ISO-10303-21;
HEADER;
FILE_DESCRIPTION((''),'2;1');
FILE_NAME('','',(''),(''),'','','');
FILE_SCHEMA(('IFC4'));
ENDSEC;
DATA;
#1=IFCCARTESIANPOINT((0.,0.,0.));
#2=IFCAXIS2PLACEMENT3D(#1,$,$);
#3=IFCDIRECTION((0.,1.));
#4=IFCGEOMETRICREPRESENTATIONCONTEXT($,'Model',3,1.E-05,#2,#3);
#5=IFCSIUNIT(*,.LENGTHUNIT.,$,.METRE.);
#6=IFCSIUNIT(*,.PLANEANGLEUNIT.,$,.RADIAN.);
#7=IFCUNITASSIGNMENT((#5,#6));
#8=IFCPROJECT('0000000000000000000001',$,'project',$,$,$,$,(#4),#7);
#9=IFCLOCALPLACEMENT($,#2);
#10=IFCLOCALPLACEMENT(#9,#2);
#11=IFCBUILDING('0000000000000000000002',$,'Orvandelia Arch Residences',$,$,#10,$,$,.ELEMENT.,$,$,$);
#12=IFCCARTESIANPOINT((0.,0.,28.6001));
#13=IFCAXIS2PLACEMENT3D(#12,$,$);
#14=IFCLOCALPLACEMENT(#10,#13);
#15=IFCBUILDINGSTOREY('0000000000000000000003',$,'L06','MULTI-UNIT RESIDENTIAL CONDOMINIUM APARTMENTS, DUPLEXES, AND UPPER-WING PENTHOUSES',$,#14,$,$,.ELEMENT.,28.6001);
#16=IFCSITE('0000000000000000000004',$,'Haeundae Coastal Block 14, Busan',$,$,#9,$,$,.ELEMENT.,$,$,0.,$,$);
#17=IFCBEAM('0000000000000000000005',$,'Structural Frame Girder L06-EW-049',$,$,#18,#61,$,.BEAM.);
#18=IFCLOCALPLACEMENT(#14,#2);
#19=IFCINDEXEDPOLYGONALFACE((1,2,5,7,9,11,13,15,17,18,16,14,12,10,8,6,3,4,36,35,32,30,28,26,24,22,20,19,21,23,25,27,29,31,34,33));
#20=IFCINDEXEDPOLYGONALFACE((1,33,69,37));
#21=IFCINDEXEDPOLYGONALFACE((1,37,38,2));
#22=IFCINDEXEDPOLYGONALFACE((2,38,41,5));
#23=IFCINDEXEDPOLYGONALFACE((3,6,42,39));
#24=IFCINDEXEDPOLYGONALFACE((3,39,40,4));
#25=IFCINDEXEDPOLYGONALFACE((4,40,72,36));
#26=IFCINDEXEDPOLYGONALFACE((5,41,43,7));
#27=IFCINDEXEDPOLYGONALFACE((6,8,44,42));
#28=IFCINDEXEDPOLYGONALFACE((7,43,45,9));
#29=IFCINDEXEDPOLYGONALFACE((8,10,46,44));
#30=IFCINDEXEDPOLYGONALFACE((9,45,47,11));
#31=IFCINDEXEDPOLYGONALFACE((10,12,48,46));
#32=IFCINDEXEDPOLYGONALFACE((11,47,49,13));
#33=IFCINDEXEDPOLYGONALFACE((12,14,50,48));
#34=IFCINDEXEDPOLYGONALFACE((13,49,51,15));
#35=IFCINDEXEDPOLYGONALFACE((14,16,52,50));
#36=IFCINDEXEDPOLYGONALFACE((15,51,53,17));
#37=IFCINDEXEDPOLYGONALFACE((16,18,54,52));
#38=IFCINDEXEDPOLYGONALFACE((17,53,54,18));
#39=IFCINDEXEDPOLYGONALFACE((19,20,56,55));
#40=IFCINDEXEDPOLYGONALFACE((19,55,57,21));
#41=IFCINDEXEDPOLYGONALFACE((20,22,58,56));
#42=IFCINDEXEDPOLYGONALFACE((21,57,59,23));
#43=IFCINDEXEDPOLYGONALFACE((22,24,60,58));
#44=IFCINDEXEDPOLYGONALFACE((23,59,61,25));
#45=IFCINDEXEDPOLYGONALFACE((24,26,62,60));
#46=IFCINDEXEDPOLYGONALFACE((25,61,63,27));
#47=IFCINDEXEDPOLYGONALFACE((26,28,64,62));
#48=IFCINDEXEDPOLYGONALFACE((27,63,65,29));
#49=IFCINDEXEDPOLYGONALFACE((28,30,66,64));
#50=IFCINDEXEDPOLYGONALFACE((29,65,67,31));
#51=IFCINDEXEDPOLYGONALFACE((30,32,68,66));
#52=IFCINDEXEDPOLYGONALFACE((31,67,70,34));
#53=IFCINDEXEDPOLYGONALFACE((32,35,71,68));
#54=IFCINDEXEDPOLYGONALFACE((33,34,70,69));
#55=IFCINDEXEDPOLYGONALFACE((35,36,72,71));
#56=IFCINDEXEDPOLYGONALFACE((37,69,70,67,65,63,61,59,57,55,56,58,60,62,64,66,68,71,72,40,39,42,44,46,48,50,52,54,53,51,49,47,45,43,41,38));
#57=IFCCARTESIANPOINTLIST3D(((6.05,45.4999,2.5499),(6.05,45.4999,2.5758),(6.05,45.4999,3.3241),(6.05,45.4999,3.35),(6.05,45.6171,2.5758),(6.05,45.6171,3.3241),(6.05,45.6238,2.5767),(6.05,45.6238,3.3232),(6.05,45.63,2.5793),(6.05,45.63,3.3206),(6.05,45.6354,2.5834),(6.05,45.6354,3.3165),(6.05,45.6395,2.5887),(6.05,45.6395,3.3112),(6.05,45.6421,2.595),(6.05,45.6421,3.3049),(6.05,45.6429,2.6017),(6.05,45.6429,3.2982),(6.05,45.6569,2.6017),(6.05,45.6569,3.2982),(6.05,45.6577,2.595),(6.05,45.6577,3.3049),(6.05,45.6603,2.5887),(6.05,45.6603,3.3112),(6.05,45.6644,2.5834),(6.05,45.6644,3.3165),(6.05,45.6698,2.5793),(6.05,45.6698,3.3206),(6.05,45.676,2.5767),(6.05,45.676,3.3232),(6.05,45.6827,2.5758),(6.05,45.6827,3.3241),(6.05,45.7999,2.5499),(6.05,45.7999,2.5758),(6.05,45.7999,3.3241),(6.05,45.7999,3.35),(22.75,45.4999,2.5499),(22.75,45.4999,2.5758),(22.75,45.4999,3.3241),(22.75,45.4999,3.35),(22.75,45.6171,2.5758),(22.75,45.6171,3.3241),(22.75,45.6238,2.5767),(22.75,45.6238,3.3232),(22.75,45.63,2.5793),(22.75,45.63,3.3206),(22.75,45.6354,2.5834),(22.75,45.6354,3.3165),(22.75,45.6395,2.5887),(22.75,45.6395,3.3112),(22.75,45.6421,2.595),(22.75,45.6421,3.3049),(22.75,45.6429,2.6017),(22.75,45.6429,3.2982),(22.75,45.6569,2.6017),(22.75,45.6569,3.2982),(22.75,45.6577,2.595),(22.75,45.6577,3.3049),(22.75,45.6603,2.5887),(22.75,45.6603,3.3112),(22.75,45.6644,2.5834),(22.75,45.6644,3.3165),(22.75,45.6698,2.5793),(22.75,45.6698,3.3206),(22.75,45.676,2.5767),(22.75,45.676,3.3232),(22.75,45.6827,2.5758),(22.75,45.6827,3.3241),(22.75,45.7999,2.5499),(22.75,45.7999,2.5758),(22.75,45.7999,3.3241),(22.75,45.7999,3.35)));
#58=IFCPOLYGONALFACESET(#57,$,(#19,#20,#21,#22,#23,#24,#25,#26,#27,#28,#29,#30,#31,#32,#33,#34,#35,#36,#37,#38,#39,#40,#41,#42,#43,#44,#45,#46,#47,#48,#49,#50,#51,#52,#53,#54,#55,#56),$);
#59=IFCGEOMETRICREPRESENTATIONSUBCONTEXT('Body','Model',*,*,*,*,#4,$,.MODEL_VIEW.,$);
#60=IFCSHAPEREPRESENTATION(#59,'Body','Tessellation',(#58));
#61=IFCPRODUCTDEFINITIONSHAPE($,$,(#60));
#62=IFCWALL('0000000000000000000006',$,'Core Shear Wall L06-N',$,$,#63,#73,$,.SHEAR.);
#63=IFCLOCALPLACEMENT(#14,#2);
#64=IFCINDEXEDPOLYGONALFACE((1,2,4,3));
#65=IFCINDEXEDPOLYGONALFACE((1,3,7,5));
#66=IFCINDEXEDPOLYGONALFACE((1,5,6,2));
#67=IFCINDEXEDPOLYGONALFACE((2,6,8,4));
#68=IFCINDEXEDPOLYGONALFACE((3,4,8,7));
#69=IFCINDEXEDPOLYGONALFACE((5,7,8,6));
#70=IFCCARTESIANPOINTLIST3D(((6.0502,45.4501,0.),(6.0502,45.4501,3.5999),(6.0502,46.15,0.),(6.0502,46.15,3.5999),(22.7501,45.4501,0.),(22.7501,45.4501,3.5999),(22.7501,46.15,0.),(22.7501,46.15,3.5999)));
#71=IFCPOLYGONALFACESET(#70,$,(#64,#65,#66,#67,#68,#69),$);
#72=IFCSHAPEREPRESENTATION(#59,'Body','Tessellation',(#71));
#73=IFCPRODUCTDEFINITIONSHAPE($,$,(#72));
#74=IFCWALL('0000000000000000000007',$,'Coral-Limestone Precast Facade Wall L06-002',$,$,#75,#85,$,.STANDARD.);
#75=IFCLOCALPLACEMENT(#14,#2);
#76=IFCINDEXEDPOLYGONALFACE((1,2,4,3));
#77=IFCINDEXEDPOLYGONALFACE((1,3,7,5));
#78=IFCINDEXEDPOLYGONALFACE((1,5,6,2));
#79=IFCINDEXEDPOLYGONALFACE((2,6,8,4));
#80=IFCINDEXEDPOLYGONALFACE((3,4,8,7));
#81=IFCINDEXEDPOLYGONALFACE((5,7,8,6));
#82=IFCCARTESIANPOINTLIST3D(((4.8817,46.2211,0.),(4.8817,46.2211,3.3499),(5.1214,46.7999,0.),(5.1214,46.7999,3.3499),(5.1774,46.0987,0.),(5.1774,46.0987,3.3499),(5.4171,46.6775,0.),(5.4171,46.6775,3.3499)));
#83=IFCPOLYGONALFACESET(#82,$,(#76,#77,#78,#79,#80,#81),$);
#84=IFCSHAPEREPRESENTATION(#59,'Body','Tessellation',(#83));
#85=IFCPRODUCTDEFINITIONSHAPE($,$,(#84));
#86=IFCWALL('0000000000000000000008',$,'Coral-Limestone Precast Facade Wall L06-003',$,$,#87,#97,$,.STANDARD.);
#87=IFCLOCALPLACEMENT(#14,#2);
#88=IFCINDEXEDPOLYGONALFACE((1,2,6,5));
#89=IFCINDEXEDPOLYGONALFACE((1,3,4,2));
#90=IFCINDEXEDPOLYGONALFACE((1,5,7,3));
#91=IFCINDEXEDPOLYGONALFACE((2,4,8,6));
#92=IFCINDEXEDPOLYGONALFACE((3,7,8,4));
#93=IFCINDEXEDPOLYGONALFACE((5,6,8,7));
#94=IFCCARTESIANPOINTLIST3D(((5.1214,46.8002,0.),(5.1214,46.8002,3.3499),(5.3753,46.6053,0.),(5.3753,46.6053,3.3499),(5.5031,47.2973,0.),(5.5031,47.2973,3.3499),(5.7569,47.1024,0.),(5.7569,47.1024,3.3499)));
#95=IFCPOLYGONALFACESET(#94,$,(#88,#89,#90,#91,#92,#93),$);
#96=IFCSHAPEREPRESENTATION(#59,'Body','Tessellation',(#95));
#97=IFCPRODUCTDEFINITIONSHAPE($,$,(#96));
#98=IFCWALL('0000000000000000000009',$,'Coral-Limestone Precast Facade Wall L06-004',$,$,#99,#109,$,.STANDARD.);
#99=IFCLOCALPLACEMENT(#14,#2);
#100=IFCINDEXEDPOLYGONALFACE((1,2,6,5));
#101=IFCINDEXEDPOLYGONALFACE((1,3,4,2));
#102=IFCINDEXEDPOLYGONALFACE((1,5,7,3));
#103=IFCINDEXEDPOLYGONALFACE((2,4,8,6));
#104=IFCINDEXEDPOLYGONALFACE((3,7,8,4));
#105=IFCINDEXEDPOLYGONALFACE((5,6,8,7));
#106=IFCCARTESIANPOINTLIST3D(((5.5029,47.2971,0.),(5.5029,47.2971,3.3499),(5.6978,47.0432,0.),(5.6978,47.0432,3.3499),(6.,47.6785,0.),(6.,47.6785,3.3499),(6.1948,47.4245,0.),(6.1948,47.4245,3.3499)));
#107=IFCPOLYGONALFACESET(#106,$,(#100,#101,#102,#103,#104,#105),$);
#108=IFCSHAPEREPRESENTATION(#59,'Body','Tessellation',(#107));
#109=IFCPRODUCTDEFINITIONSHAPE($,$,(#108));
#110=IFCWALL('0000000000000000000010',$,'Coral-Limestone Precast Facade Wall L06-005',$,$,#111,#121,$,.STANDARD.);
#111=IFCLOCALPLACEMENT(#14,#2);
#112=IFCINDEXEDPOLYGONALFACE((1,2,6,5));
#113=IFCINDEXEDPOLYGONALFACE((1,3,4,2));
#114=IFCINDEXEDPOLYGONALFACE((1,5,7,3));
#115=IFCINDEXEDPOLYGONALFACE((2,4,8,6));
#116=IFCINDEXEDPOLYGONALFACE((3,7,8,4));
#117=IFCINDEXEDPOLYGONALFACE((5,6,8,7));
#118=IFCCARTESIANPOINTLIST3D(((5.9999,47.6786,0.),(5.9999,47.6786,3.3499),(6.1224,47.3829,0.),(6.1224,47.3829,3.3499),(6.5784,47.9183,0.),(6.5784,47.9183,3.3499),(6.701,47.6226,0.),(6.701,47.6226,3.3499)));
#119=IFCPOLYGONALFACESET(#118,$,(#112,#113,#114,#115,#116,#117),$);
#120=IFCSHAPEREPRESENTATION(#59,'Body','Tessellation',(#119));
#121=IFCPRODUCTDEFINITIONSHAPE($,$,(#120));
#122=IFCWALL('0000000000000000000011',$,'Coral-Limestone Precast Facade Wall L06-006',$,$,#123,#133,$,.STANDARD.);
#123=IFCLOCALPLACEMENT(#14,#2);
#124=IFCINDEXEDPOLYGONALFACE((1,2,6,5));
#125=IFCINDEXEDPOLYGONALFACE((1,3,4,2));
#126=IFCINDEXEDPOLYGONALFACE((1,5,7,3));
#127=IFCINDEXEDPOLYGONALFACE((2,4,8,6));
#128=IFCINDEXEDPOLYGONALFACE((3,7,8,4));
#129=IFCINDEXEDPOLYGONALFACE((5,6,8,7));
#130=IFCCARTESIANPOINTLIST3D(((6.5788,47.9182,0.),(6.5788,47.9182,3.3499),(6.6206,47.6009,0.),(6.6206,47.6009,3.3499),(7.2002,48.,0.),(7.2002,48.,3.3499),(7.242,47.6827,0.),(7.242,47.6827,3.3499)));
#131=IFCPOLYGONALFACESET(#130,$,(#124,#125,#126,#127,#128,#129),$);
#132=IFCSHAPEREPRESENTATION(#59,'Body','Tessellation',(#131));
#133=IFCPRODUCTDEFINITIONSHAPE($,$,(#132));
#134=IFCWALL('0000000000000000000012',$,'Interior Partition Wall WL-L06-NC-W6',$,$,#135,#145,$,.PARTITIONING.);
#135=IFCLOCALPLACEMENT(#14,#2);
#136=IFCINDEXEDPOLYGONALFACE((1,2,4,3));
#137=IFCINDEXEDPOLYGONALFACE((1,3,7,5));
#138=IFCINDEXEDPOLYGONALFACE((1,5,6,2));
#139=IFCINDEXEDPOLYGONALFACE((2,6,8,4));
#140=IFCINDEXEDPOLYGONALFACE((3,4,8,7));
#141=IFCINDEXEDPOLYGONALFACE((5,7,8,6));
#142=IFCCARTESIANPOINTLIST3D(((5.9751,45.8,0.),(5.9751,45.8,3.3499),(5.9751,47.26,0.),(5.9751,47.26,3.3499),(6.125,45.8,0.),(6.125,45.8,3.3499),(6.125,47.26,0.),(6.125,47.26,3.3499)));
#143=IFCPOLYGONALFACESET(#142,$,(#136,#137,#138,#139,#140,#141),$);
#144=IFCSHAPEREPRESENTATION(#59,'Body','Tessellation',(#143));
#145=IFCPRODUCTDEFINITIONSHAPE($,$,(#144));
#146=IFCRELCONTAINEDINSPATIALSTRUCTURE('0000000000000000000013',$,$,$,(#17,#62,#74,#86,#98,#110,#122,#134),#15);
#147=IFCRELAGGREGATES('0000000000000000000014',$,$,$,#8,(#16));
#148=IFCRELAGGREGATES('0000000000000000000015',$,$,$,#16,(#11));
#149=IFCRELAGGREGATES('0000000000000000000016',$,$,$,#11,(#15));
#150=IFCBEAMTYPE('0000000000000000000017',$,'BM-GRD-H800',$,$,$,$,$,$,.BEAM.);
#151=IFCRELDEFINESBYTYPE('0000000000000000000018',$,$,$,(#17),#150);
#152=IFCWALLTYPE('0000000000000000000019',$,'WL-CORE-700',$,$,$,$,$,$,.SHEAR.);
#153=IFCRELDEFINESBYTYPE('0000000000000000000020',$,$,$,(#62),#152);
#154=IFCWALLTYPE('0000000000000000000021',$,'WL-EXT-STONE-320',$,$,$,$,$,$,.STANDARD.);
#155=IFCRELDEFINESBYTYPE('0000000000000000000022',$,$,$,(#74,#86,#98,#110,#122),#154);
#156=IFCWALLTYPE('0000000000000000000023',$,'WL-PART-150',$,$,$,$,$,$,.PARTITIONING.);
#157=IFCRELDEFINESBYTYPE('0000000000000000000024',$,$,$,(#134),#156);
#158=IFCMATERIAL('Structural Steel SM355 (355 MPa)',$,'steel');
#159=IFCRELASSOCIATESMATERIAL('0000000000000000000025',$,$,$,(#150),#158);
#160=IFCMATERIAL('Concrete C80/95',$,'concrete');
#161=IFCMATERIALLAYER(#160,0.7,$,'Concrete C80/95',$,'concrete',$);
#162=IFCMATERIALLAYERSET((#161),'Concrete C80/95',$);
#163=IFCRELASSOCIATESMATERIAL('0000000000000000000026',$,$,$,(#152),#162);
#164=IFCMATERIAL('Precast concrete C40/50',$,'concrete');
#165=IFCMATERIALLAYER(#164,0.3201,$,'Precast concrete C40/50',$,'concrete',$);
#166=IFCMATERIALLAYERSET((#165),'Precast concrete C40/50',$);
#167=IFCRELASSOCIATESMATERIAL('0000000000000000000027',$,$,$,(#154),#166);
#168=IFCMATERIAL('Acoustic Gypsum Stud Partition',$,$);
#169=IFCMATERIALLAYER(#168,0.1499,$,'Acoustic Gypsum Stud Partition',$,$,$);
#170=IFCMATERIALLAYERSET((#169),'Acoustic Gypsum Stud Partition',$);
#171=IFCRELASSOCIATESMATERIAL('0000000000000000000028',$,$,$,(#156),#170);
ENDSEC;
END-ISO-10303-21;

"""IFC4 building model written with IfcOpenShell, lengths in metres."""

from ifc_helpers import new_model, si_unit, direction, frame, frame_2d, origin, origin_2d, place, context, subcontext, project, spatial, rectangle, i_section, extrude, material, layer, layer_set, material_profile, profile_set, type_object, element, save


model = new_model("IFC4")

# Units and contexts
model_context = context("Model", 3, precision=1e-05, world=origin(), true_north=direction((0.0, 1.0)))
body_context = subcontext(model_context, "Body", "Model", "MODEL_VIEW")
ifc_project = project(units=[si_unit("LENGTHUNIT", "METRE"), si_unit("PLANEANGLEUNIT", "RADIAN")], contexts=[model_context])

# Site, building, storey
site_placement = place(None, origin())
site = spatial("IfcSite", under=ifc_project, at=site_placement, Name="Haeundae Coastal Block 14, Busan", CompositionType="ELEMENT", RefElevation=0.0)
building_placement = place(site_placement, origin())
building = spatial("IfcBuilding", under=site, at=building_placement, Name="Orvandelia Arch Residences", CompositionType="ELEMENT")
storey_placement = place(building_placement, frame((0.0, 0.0, 28.6001)))
storey = spatial("IfcBuildingStorey", under=building, at=storey_placement, Name="L06", Description="MULTI-UNIT RESIDENTIAL CONDOMINIUM APARTMENTS, DUPLEXES, AND UPPER-WING PENTHOUSES", CompositionType="ELEMENT", Elevation=28.6001)

# Beam
ifc_material_1 = material(Name="Structural Steel SM355 (355 MPa)", Category="steel")
ifc_material_profile = material_profile(ifc_material_1, i_section(OverallWidth=0.3, OverallDepth=0.8, WebThickness=0.0139, FlangeThickness=0.0259, FilletRadius=0.0259, at=origin_2d()), Name="Structural Steel SM355 (355 MPa)", Category="steel")
ifc_profile_set = profile_set([ifc_material_profile], Name="Structural Steel SM355 (355 MPa)")
beam_type = type_object("IfcBeamType", Name="BM-GRD-H800", PredefinedType="BEAM", material=ifc_profile_set)
beam_placement = place(storey_placement, frame((6.05, 45.6499, 2.95), z_axis=(1.0, 0.0, 0.0), x_axis=(0.0, 1.0, 0.0)))
element("IfcBeam", 1, at=beam_placement, inside=storey, type_object=beam_type, Name="Structural Frame Girder L06-EW-049", PredefinedType="BEAM", context=body_context, shape_type="SweptSolid", body=[
    extrude(i_section(OverallWidth=0.3, OverallDepth=0.8, WebThickness=0.0139, FlangeThickness=0.0259, FilletRadius=0.0259, at=origin_2d()), origin(), (0.0, 0.0, 1.0), 16.7),
])

# Walls
ifc_material_2 = material(Name="Concrete C80/95", Category="concrete")
ifc_layer_1 = layer(ifc_material_2, 0.7, Name="Concrete C80/95", Category="concrete")
ifc_layer_set_1 = layer_set([ifc_layer_1], Name="Concrete C80/95")
wall_type_1 = type_object("IfcWallType", Name="WL-CORE-700", PredefinedType="SHEAR", material=ifc_layer_set_1)
wall_1_placement = place(storey_placement, frame((6.05, 45.8, 0.0), z_axis=(0.0, 0.0, 1.0), x_axis=(1.0, 0.0, 0.0)))
element("IfcWall", 2, at=wall_1_placement, inside=storey, type_object=wall_type_1, Name="Core Shear Wall L06-N", PredefinedType="SHEAR", context=body_context, shape_type="SweptSolid", body=[
    extrude(rectangle(XDim=16.7, YDim=0.7, at=frame_2d((8.3501, 0.0))), origin(), (0.0, 0.0, 1.0), 3.5999),
])
ifc_material_3 = material(Name="Precast concrete C40/50", Category="concrete")
ifc_layer_2 = layer(ifc_material_3, 0.3201, Name="Precast concrete C40/50", Category="concrete")
ifc_layer_set_2 = layer_set([ifc_layer_2], Name="Precast concrete C40/50")
wall_type_2 = type_object("IfcWallType", Name="WL-EXT-STONE-320", PredefinedType="STANDARD", material=ifc_layer_set_2)
wall_2_placement = place(storey_placement, frame((5.0295, 46.1599, 0.0), z_axis=(0.0, 0.0, 1.0), x_axis=(0.38265, 0.923893, 0.0)))
element("IfcWall", 3, at=wall_2_placement, inside=storey, type_object=wall_type_2, Name="Coral-Limestone Precast Facade Wall L06-002", PredefinedType="STANDARD", context=body_context, shape_type="SweptSolid", body=[
    extrude(rectangle(XDim=0.6265, YDim=0.3201, at=frame_2d((0.3132, 0.0))), origin(), (0.0, 0.0, 1.0), 3.3499),
])
wall_3_placement = place(storey_placement, frame((5.2483, 46.7026, 0.0), z_axis=(0.0, 0.0, 1.0), x_axis=(0.608939, 0.793217, 0.0)))
element("IfcWall", 4, at=wall_3_placement, inside=storey, type_object=wall_type_2, Name="Coral-Limestone Precast Facade Wall L06-003", PredefinedType="STANDARD", context=body_context, shape_type="SweptSolid", body=[
    extrude(rectangle(XDim=0.6267, YDim=0.3201, at=frame_2d((0.3135, 0.0))), origin(), (0.0, 0.0, 1.0), 3.3499),
])
wall_4_placement = place(storey_placement, frame((5.6003, 47.1702, 0.0), z_axis=(0.0, 0.0, 1.0), x_axis=(0.793406, 0.608693, 0.0)))
element("IfcWall", 5, at=wall_4_placement, inside=storey, type_object=wall_type_2, Name="Coral-Limestone Precast Facade Wall L06-004", PredefinedType="STANDARD", context=body_context, shape_type="SweptSolid", body=[
    extrude(rectangle(XDim=0.6265, YDim=0.3201, at=frame_2d((0.3132, 0.0))), origin(), (0.0, 0.0, 1.0), 3.3499),
])
wall_5_placement = place(storey_placement, frame((6.0613, 47.5308, 0.0), z_axis=(0.0, 0.0, 1.0), x_axis=(0.923836, 0.382788, 0.0)))
element("IfcWall", 6, at=wall_5_placement, inside=storey, type_object=wall_type_2, Name="Coral-Limestone Precast Facade Wall L06-005", PredefinedType="STANDARD", context=body_context, shape_type="SweptSolid", body=[
    extrude(rectangle(XDim=0.6262, YDim=0.3201, at=frame_2d((0.313, 0.0))), origin(), (0.0, 0.0, 1.0), 3.3499),
])
wall_6_placement = place(storey_placement, frame((6.5996, 47.7595, 0.0), z_axis=(0.0, 0.0, 1.0), x_axis=(0.991448, 0.130505, 0.0)))
element("IfcWall", 7, at=wall_6_placement, inside=storey, type_object=wall_type_2, Name="Coral-Limestone Precast Facade Wall L06-006", PredefinedType="STANDARD", context=body_context, shape_type="SweptSolid", body=[
    extrude(rectangle(XDim=0.6267, YDim=0.3201, at=frame_2d((0.3135, 0.0))), origin(), (0.0, 0.0, 1.0), 3.3499),
])

# Wall
ifc_material_4 = material(Name="Acoustic Gypsum Stud Partition")
ifc_layer_3 = layer(ifc_material_4, 0.1499, Name="Acoustic Gypsum Stud Partition")
ifc_layer_set_3 = layer_set([ifc_layer_3], Name="Acoustic Gypsum Stud Partition")
wall_type_3 = type_object("IfcWallType", Name="WL-PART-150", PredefinedType="PARTITIONING", material=ifc_layer_set_3)
wall_7_placement = place(storey_placement, frame((6.05, 45.8, 0.0), z_axis=(0.0, 0.0, 1.0), x_axis=(0.0, 1.0, 0.0)))
element("IfcWall", 8, at=wall_7_placement, inside=storey, type_object=wall_type_3, Name="Interior Partition Wall WL-L06-NC-W6", PredefinedType="PARTITIONING", context=body_context, shape_type="SweptSolid", body=[
    extrude(rectangle(XDim=1.46, YDim=0.1499, at=frame_2d((0.73, 0.0))), origin(), (0.0, 0.0, 1.0), 3.3499),
])

save(model, "model.ifc")
